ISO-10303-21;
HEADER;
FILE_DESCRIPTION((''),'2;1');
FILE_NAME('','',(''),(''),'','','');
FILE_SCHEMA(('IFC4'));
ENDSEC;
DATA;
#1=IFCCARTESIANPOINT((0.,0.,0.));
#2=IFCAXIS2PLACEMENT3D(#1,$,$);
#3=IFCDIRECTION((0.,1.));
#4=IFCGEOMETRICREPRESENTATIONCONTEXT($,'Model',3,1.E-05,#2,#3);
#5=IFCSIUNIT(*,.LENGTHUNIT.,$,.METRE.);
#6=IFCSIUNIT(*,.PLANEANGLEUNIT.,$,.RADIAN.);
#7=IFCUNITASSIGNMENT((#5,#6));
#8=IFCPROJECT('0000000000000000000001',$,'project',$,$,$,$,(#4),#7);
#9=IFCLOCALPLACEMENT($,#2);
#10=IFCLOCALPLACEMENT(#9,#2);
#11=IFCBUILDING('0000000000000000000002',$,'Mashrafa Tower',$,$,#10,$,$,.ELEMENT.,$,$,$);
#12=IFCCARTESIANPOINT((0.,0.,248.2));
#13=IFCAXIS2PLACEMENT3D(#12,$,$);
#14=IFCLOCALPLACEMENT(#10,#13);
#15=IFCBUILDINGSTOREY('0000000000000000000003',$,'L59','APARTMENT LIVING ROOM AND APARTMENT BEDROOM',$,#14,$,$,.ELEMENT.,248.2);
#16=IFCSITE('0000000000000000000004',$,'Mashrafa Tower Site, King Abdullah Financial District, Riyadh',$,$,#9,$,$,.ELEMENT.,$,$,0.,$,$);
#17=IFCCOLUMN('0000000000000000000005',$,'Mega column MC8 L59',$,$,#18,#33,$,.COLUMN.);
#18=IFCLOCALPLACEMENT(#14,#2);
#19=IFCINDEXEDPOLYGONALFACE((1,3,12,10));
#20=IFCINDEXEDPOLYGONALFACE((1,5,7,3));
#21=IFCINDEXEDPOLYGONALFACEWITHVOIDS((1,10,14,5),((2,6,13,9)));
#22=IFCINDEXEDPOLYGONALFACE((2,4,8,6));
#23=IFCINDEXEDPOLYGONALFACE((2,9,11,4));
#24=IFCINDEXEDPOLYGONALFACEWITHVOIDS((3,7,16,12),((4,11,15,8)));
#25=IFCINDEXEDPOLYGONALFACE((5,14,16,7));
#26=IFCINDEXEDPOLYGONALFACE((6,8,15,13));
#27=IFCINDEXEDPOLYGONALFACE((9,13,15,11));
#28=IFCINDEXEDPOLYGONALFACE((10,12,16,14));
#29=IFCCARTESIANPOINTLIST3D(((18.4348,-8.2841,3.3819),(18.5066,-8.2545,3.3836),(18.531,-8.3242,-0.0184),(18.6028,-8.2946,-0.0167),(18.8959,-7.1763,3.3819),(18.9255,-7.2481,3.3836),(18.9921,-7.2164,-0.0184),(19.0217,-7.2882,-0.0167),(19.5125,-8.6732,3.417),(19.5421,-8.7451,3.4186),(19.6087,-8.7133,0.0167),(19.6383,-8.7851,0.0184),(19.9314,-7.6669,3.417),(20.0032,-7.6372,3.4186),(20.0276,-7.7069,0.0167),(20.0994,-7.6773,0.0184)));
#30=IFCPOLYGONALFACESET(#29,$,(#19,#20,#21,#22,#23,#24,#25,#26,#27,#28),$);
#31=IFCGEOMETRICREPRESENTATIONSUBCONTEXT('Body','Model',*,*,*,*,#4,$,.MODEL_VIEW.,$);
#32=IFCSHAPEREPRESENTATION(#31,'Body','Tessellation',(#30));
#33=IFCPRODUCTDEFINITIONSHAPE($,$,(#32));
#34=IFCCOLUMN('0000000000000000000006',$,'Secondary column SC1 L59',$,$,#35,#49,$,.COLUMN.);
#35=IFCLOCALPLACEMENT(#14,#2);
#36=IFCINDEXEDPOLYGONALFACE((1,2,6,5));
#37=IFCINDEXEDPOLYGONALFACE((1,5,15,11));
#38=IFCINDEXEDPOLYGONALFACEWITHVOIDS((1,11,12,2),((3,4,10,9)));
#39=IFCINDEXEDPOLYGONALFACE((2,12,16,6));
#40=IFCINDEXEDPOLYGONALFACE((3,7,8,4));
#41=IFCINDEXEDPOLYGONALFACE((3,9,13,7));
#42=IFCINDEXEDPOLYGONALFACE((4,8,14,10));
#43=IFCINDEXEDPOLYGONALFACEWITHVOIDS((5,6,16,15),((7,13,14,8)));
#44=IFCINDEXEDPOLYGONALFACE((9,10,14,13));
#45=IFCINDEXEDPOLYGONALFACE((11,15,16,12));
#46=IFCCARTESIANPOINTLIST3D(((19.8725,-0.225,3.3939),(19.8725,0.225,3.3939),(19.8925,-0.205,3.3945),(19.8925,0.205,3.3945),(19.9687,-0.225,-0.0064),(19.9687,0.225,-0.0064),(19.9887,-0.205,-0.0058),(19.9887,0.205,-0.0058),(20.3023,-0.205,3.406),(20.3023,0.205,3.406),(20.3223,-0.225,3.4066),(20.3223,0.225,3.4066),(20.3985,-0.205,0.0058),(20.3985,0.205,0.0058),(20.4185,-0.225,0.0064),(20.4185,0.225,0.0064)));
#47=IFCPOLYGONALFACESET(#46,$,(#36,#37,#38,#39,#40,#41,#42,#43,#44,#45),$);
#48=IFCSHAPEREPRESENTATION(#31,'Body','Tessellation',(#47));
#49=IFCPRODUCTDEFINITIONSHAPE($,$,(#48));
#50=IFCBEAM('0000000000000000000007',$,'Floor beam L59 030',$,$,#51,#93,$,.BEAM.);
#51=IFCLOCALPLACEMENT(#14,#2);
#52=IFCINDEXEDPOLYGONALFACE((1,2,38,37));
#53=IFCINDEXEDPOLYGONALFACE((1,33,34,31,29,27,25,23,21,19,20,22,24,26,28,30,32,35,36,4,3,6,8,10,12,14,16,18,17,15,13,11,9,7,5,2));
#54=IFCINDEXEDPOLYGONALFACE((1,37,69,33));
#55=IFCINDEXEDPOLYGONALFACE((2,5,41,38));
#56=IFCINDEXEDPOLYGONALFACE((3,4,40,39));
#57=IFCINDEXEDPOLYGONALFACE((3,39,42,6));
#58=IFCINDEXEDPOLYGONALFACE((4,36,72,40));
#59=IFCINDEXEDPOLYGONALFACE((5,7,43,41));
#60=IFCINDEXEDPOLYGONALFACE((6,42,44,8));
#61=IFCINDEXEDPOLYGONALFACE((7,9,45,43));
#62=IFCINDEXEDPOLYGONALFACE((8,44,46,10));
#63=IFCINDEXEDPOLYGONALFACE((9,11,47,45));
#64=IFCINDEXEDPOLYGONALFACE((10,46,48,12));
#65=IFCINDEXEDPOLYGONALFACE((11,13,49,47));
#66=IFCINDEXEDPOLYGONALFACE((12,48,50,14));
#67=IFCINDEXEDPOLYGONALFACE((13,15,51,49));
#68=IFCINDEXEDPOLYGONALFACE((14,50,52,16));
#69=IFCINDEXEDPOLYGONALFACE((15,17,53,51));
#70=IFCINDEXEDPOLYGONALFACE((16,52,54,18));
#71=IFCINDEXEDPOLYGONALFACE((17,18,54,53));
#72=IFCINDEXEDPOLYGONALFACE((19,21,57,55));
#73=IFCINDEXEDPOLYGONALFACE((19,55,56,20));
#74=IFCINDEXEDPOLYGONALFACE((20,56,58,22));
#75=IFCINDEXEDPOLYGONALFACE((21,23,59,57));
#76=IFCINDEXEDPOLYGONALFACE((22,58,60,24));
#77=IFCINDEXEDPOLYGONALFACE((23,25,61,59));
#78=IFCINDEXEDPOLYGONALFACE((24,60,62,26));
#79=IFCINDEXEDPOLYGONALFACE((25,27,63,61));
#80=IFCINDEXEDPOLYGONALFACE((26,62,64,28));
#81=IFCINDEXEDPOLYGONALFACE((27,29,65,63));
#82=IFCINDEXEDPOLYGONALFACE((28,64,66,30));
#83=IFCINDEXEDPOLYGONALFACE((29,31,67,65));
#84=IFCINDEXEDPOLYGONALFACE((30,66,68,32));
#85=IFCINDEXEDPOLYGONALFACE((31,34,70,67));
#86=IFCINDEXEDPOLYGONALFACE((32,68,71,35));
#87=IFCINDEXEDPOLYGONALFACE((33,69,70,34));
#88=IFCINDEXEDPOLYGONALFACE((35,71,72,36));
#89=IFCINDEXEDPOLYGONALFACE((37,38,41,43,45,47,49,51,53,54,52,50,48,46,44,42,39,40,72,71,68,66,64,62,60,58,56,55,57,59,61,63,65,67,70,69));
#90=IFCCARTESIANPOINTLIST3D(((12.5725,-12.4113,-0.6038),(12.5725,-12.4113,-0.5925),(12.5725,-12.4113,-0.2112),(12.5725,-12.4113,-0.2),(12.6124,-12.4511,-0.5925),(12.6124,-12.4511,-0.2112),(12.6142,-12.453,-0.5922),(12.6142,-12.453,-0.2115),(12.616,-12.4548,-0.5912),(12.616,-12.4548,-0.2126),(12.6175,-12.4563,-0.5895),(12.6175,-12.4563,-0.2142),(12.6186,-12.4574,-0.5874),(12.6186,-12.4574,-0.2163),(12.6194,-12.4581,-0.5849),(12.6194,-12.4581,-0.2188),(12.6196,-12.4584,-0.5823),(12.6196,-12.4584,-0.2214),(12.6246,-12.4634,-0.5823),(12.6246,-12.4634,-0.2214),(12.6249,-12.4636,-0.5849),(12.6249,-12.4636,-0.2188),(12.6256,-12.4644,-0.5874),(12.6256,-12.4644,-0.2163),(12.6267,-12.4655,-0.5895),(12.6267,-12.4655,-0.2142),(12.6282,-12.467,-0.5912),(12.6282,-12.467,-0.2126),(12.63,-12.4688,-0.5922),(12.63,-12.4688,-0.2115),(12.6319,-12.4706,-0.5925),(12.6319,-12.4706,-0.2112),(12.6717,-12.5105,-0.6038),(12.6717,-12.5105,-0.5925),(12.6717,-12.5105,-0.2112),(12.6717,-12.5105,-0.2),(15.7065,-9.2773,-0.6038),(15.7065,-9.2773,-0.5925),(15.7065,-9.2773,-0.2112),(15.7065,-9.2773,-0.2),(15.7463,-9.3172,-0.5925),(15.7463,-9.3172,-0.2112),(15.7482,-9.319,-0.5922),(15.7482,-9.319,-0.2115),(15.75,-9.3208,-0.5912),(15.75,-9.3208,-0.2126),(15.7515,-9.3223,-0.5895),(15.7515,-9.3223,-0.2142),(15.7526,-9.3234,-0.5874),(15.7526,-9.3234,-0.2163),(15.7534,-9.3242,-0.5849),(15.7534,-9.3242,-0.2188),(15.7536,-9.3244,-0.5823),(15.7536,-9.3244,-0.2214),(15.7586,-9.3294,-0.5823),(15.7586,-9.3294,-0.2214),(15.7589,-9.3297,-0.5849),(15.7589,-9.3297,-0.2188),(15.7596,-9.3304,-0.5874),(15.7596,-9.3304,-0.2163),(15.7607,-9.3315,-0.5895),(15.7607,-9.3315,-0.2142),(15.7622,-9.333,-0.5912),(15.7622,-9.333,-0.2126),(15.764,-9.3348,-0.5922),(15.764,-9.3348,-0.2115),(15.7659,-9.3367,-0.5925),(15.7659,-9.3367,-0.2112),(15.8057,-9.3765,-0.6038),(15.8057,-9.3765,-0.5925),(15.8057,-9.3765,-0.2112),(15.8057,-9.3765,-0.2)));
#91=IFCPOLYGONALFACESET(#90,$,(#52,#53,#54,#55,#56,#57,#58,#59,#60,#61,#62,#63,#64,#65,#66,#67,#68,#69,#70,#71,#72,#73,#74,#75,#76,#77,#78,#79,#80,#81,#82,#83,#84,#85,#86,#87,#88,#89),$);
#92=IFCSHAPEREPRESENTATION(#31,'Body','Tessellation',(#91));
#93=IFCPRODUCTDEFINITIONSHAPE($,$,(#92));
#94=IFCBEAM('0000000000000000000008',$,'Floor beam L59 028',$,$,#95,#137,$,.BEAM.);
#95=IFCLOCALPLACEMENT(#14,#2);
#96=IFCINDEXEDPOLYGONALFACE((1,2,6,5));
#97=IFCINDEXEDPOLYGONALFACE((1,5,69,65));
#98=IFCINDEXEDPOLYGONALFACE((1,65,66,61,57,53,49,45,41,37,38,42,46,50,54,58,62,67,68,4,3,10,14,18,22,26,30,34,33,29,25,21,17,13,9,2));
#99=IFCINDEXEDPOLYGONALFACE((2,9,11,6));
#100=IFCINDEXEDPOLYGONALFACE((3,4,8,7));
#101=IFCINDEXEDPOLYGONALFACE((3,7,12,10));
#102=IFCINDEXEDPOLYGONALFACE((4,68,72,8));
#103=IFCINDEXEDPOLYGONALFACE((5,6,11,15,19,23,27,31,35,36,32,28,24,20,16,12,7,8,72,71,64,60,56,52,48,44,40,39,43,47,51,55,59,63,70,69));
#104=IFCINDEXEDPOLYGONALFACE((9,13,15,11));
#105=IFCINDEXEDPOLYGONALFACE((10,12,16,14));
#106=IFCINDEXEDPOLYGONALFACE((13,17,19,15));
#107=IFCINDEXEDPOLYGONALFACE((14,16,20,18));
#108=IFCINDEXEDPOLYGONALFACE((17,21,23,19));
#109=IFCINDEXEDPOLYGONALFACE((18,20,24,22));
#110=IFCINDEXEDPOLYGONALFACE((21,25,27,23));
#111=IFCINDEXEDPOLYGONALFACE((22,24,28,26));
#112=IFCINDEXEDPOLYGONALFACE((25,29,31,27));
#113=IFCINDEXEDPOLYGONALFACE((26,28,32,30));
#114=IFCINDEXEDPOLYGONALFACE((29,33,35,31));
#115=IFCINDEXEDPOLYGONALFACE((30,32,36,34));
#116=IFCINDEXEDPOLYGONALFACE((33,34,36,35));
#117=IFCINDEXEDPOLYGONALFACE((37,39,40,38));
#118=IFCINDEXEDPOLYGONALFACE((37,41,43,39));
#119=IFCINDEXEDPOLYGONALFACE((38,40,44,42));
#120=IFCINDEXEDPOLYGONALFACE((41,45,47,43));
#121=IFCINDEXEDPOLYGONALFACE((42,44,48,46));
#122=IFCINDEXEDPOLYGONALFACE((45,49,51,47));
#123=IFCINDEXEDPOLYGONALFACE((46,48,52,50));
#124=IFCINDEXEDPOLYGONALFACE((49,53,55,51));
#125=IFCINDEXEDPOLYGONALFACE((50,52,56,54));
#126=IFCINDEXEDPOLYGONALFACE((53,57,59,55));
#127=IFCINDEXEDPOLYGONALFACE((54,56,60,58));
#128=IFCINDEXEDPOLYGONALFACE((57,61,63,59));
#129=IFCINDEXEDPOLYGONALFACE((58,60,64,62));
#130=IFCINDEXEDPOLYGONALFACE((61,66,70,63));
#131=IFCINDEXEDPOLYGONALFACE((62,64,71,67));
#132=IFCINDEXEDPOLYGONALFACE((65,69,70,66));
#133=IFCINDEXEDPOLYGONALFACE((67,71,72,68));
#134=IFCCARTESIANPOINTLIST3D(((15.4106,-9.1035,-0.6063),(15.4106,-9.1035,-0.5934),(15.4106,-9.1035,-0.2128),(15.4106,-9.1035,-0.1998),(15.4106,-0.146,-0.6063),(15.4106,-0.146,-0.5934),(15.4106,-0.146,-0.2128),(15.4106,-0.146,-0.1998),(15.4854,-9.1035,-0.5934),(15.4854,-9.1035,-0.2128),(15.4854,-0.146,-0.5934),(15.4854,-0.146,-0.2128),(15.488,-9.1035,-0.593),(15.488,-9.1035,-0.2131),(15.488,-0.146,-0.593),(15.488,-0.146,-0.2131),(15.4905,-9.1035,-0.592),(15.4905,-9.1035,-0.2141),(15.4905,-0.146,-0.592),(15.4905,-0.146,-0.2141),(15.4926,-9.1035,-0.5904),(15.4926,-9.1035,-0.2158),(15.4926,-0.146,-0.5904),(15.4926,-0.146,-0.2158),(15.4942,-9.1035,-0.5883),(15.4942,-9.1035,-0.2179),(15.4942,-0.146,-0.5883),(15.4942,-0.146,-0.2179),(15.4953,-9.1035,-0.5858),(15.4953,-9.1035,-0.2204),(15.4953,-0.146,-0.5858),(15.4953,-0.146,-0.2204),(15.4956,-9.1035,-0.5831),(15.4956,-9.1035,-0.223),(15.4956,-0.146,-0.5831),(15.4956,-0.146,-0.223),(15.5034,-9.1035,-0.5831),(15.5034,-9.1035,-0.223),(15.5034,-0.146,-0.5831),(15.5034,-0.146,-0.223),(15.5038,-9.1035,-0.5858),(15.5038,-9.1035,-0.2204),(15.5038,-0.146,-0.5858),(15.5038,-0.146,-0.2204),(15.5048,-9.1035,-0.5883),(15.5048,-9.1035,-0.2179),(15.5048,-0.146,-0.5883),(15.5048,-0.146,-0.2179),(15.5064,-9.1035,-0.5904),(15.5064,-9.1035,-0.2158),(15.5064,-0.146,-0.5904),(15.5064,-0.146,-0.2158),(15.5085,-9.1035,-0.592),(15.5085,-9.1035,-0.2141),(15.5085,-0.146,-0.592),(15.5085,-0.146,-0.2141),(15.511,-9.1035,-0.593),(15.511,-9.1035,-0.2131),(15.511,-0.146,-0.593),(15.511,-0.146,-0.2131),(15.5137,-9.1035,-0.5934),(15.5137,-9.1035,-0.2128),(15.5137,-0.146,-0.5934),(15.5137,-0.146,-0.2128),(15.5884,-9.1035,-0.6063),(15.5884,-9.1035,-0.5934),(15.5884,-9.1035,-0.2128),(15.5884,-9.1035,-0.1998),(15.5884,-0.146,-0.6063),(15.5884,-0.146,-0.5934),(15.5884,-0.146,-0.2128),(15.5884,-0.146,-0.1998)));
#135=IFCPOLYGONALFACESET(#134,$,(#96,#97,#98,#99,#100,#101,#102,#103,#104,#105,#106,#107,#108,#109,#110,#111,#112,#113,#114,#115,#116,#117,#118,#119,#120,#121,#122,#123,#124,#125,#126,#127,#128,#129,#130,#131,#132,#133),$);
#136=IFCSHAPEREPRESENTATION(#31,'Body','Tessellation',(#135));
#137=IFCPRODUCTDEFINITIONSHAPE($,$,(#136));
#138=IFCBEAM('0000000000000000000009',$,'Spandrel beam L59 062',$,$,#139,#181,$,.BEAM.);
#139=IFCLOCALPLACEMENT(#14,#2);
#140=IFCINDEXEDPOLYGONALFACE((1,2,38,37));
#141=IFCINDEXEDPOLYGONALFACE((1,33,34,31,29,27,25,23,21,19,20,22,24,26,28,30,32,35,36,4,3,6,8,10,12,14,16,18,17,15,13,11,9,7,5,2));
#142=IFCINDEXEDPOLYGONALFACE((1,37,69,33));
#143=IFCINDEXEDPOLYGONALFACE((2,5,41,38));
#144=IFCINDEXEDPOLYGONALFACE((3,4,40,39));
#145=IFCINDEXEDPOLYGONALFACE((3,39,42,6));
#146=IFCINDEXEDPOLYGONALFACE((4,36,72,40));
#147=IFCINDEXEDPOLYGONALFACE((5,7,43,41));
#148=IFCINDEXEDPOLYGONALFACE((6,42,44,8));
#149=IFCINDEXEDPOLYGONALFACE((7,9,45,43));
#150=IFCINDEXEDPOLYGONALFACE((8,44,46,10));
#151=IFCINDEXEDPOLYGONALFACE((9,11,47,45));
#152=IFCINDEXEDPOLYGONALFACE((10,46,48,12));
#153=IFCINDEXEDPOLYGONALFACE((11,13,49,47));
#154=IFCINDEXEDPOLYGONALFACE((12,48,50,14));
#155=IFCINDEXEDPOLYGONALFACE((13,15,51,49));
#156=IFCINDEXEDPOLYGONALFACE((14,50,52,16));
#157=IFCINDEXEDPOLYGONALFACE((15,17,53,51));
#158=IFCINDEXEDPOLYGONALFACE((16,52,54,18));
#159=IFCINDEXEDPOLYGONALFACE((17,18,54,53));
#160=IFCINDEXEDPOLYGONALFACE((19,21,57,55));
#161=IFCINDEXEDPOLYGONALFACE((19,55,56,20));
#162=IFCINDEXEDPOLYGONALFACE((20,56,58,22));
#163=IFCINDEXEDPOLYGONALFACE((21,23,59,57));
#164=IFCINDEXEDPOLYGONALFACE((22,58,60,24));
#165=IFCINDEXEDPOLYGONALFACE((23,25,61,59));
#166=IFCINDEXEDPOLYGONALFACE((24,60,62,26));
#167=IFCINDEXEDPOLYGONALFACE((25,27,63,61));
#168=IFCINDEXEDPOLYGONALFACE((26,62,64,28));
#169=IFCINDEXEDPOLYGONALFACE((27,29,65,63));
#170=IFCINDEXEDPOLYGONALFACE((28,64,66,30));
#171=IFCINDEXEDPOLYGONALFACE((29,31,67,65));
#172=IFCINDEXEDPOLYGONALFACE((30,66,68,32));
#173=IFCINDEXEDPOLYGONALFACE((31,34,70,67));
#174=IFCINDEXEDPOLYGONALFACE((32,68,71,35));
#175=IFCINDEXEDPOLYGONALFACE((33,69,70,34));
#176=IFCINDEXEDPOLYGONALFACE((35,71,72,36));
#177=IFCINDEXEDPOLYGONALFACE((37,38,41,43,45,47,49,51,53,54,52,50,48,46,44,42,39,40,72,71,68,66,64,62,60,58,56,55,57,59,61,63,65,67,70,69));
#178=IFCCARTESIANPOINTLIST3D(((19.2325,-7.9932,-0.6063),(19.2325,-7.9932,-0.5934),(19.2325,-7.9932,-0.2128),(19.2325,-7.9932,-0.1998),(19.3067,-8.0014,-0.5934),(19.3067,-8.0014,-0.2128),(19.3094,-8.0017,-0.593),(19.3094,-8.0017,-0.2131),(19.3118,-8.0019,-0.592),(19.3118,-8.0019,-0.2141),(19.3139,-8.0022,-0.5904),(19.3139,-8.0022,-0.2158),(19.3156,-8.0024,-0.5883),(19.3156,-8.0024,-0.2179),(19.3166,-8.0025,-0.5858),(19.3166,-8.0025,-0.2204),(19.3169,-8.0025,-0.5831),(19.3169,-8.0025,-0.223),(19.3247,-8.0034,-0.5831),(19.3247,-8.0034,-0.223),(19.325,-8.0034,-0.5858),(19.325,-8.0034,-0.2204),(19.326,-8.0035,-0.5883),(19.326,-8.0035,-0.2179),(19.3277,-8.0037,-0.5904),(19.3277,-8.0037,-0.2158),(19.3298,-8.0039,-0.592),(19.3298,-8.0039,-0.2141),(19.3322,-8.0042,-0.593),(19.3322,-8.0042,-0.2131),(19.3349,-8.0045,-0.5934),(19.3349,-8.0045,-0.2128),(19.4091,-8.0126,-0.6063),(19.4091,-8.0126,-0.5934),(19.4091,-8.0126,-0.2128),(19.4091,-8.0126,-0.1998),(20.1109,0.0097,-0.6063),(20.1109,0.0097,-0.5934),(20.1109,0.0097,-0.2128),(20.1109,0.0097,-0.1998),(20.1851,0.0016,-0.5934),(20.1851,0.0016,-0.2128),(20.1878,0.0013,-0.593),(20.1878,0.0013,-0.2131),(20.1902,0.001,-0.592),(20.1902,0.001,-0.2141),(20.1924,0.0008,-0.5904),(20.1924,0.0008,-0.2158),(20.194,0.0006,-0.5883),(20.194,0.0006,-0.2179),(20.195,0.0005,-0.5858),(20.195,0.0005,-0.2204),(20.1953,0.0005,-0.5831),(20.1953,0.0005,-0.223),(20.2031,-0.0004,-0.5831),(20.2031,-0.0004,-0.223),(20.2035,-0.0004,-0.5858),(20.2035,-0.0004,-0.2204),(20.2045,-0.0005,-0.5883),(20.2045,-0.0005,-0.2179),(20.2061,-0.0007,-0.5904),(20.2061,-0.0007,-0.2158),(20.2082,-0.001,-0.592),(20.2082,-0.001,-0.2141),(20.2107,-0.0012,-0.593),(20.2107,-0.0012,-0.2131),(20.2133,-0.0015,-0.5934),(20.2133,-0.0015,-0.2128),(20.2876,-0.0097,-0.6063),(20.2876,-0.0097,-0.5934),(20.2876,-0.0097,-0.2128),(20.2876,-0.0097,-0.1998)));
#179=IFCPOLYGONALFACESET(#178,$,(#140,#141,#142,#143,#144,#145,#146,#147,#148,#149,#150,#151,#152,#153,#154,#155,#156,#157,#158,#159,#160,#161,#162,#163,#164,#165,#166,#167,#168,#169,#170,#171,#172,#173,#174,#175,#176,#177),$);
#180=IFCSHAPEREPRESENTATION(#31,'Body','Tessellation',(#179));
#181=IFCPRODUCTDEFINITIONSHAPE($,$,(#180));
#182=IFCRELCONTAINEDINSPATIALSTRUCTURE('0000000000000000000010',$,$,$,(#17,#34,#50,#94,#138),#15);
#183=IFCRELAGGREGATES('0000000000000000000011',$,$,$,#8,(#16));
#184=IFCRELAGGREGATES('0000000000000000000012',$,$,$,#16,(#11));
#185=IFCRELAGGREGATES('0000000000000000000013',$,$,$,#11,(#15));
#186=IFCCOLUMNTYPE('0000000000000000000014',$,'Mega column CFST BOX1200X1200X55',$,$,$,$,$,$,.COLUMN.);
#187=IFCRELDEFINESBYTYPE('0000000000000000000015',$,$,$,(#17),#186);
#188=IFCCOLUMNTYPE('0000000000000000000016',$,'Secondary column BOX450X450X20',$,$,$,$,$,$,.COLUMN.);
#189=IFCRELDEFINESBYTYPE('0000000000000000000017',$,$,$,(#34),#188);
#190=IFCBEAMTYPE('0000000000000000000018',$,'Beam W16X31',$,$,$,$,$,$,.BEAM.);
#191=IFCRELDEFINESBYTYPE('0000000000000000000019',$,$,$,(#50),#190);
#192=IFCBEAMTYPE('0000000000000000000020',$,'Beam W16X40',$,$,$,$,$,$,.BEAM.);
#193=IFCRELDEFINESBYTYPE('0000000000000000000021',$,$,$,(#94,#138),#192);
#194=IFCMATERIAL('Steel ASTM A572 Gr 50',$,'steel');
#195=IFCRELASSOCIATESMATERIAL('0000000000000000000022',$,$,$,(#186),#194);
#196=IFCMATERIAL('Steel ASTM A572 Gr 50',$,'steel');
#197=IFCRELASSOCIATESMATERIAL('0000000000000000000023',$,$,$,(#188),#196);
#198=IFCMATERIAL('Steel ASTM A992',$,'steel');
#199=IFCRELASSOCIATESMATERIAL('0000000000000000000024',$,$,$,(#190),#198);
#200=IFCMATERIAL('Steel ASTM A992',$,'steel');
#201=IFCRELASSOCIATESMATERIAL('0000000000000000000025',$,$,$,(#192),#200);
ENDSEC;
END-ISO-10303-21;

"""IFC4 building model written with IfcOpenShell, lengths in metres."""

from ifc_helpers import new_model, si_unit, direction, frame, origin, origin_2d, place, context, subcontext, project, spatial, hollow_rectangle, i_section, extrude, material, material_profile, profile_set, type_object, element, save


model = new_model("IFC4")

# Units and contexts
model_context = context("Model", 3, precision=1e-05, world=origin(), true_north=direction((0.0, 1.0)))
body_context = subcontext(model_context, "Body", "Model", "MODEL_VIEW")
ifc_project = project(units=[si_unit("LENGTHUNIT", "METRE"), si_unit("PLANEANGLEUNIT", "RADIAN")], contexts=[model_context])

# Site, building, storey
site_placement = place(None, origin())
site = spatial("IfcSite", under=ifc_project, at=site_placement, Name="Mashrafa Tower Site, King Abdullah Financial District, Riyadh", CompositionType="ELEMENT", RefElevation=0.0)
building_placement = place(site_placement, origin())
building = spatial("IfcBuilding", under=site, at=building_placement, Name="Mashrafa Tower", CompositionType="ELEMENT")
storey_placement = place(building_placement, frame((0.0, 0.0, 248.2)))
storey = spatial("IfcBuildingStorey", under=building, at=storey_placement, Name="L59", Description="APARTMENT LIVING ROOM AND APARTMENT BEDROOM", CompositionType="ELEMENT", Elevation=248.2)

# Columns
ifc_material_1 = material(Name="Steel ASTM A572 Gr 50", Category="steel")
ifc_material_profile_1 = material_profile(ifc_material_1, hollow_rectangle(XDim=1.2, YDim=1.2, WallThickness=0.0549, at=origin_2d()), Name="BOX1200X1200X55")
ifc_profile_set_1 = profile_set([ifc_material_profile_1], Name="Steel ASTM A572 Gr 50")
column_type_1 = type_object("IfcColumnType", Name="Mega column CFST BOX1200X1200X55", PredefinedType="COLUMN", material=ifc_profile_set_1)
column_1_placement = place(storey_placement, frame((19.3152, -8.0007, 0.0), z_axis=(-0.028277, 0.01177, 0.999531), x_axis=(-0.384283, -0.923216, 0.0)))
element("IfcColumn", 1, at=column_1_placement, inside=storey, type_object=column_type_1, Name="Mega column MC8 L59", PredefinedType="COLUMN", context=body_context, shape_type="SweptSolid", body=[
    extrude(hollow_rectangle(XDim=1.2, YDim=1.2, WallThickness=0.0549, at=origin_2d()), origin(), (0.0, 0.0, 1.0), 3.4019),
])
ifc_material_2 = material(Name="Steel ASTM A572 Gr 50", Category="steel")
ifc_material_profile_2 = material_profile(ifc_material_2, hollow_rectangle(XDim=0.45, YDim=0.45, WallThickness=0.02, at=origin_2d()), Name="BOX450X450X20")
ifc_profile_set_2 = profile_set([ifc_material_profile_2], Name="Steel ASTM A572 Gr 50")
column_type_2 = type_object("IfcColumnType", Name="Secondary column BOX450X450X20", PredefinedType="COLUMN", material=ifc_profile_set_2)
column_2_placement = place(storey_placement, frame((20.1936, 0.0, 0.0), z_axis=(-0.028279, 0.0, 0.9996), x_axis=(0.0, -1.0, 0.0)))
element("IfcColumn", 2, at=column_2_placement, inside=storey, type_object=column_type_2, Name="Secondary column SC1 L59", PredefinedType="COLUMN", context=body_context, shape_type="SweptSolid", body=[
    extrude(hollow_rectangle(XDim=0.45, YDim=0.45, WallThickness=0.02, at=origin_2d()), origin(), (0.0, 0.0, 1.0), 3.4016),
])

# Beams
ifc_material_3 = material(Name="Steel ASTM A992", Category="steel")
ifc_material_profile_3 = material_profile(ifc_material_3, i_section(OverallWidth=0.1404, OverallDepth=0.4038, WebThickness=0.0071, FlangeThickness=0.0112, FilletRadius=0.0103, at=origin_2d()), Name="W16X31")
ifc_profile_set_3 = profile_set([ifc_material_profile_3], Name="Steel ASTM A992")
beam_type_1 = type_object("IfcBeamType", Name="Beam W16X31", PredefinedType="BEAM", material=ifc_profile_set_3)
beam_1_placement = place(storey_placement, frame((15.7561, -9.3269, -0.4019), z_axis=(-0.707107, -0.707107, 0.0), x_axis=(0.707107, -0.707107, 0.0)))
element("IfcBeam", 3, at=beam_1_placement, inside=storey, type_object=beam_type_1, Name="Floor beam L59 030", PredefinedType="BEAM", context=body_context, shape_type="SweptSolid", body=[
    extrude(i_section(OverallWidth=0.1404, OverallDepth=0.4038, WebThickness=0.0071, FlangeThickness=0.0112, FilletRadius=0.0103, at=origin_2d()), origin(), (0.0, 0.0, 1.0), 4.4321),
])
ifc_material_4 = material(Name="Steel ASTM A992", Category="steel")
ifc_material_profile_4 = material_profile(ifc_material_4, i_section(OverallWidth=0.1777, OverallDepth=0.4065, WebThickness=0.0078, FlangeThickness=0.0129, FilletRadius=0.0103, at=origin_2d()), Name="W16X40")
ifc_profile_set_4 = profile_set([ifc_material_profile_4], Name="Steel ASTM A992")
beam_type_2 = type_object("IfcBeamType", Name="Beam W16X40", PredefinedType="BEAM", material=ifc_profile_set_4)
beam_2_placement = place(storey_placement, frame((15.4995, -0.146, -0.4031), z_axis=(0.0, -1.0, 0.0), x_axis=(1.0, 0.0, 0.0)))
element("IfcBeam", 4, at=beam_2_placement, inside=storey, type_object=beam_type_2, Name="Floor beam L59 028", PredefinedType="BEAM", context=body_context, shape_type="SweptSolid", body=[
    extrude(i_section(OverallWidth=0.1777, OverallDepth=0.4065, WebThickness=0.0078, FlangeThickness=0.0129, FilletRadius=0.0103, at=origin_2d()), origin(), (0.0, 0.0, 1.0), 8.9575),
])
for number, where, z_axis, x_axis, name in (
    (5, (19.3208, -8.0029, -0.4031), (0.109107, 0.99403, 0.0), (-0.99403, 0.109107, 0.0), "Spandrel beam L59 062"),
):
    element("IfcBeam", number, at=place(storey_placement, frame(where, z_axis=z_axis, x_axis=x_axis)), inside=storey, type_object=beam_type_2, Name=name, PredefinedType="BEAM", context=body_context, shape_type="SweptSolid", body=[
        extrude(i_section(OverallWidth=0.1777, OverallDepth=0.4065, WebThickness=0.0078, FlangeThickness=0.0129, FilletRadius=0.0103, at=origin_2d()), origin(), (0.0, 0.0, 1.0), 8.051),
    ])

save(model, "model.ifc")
